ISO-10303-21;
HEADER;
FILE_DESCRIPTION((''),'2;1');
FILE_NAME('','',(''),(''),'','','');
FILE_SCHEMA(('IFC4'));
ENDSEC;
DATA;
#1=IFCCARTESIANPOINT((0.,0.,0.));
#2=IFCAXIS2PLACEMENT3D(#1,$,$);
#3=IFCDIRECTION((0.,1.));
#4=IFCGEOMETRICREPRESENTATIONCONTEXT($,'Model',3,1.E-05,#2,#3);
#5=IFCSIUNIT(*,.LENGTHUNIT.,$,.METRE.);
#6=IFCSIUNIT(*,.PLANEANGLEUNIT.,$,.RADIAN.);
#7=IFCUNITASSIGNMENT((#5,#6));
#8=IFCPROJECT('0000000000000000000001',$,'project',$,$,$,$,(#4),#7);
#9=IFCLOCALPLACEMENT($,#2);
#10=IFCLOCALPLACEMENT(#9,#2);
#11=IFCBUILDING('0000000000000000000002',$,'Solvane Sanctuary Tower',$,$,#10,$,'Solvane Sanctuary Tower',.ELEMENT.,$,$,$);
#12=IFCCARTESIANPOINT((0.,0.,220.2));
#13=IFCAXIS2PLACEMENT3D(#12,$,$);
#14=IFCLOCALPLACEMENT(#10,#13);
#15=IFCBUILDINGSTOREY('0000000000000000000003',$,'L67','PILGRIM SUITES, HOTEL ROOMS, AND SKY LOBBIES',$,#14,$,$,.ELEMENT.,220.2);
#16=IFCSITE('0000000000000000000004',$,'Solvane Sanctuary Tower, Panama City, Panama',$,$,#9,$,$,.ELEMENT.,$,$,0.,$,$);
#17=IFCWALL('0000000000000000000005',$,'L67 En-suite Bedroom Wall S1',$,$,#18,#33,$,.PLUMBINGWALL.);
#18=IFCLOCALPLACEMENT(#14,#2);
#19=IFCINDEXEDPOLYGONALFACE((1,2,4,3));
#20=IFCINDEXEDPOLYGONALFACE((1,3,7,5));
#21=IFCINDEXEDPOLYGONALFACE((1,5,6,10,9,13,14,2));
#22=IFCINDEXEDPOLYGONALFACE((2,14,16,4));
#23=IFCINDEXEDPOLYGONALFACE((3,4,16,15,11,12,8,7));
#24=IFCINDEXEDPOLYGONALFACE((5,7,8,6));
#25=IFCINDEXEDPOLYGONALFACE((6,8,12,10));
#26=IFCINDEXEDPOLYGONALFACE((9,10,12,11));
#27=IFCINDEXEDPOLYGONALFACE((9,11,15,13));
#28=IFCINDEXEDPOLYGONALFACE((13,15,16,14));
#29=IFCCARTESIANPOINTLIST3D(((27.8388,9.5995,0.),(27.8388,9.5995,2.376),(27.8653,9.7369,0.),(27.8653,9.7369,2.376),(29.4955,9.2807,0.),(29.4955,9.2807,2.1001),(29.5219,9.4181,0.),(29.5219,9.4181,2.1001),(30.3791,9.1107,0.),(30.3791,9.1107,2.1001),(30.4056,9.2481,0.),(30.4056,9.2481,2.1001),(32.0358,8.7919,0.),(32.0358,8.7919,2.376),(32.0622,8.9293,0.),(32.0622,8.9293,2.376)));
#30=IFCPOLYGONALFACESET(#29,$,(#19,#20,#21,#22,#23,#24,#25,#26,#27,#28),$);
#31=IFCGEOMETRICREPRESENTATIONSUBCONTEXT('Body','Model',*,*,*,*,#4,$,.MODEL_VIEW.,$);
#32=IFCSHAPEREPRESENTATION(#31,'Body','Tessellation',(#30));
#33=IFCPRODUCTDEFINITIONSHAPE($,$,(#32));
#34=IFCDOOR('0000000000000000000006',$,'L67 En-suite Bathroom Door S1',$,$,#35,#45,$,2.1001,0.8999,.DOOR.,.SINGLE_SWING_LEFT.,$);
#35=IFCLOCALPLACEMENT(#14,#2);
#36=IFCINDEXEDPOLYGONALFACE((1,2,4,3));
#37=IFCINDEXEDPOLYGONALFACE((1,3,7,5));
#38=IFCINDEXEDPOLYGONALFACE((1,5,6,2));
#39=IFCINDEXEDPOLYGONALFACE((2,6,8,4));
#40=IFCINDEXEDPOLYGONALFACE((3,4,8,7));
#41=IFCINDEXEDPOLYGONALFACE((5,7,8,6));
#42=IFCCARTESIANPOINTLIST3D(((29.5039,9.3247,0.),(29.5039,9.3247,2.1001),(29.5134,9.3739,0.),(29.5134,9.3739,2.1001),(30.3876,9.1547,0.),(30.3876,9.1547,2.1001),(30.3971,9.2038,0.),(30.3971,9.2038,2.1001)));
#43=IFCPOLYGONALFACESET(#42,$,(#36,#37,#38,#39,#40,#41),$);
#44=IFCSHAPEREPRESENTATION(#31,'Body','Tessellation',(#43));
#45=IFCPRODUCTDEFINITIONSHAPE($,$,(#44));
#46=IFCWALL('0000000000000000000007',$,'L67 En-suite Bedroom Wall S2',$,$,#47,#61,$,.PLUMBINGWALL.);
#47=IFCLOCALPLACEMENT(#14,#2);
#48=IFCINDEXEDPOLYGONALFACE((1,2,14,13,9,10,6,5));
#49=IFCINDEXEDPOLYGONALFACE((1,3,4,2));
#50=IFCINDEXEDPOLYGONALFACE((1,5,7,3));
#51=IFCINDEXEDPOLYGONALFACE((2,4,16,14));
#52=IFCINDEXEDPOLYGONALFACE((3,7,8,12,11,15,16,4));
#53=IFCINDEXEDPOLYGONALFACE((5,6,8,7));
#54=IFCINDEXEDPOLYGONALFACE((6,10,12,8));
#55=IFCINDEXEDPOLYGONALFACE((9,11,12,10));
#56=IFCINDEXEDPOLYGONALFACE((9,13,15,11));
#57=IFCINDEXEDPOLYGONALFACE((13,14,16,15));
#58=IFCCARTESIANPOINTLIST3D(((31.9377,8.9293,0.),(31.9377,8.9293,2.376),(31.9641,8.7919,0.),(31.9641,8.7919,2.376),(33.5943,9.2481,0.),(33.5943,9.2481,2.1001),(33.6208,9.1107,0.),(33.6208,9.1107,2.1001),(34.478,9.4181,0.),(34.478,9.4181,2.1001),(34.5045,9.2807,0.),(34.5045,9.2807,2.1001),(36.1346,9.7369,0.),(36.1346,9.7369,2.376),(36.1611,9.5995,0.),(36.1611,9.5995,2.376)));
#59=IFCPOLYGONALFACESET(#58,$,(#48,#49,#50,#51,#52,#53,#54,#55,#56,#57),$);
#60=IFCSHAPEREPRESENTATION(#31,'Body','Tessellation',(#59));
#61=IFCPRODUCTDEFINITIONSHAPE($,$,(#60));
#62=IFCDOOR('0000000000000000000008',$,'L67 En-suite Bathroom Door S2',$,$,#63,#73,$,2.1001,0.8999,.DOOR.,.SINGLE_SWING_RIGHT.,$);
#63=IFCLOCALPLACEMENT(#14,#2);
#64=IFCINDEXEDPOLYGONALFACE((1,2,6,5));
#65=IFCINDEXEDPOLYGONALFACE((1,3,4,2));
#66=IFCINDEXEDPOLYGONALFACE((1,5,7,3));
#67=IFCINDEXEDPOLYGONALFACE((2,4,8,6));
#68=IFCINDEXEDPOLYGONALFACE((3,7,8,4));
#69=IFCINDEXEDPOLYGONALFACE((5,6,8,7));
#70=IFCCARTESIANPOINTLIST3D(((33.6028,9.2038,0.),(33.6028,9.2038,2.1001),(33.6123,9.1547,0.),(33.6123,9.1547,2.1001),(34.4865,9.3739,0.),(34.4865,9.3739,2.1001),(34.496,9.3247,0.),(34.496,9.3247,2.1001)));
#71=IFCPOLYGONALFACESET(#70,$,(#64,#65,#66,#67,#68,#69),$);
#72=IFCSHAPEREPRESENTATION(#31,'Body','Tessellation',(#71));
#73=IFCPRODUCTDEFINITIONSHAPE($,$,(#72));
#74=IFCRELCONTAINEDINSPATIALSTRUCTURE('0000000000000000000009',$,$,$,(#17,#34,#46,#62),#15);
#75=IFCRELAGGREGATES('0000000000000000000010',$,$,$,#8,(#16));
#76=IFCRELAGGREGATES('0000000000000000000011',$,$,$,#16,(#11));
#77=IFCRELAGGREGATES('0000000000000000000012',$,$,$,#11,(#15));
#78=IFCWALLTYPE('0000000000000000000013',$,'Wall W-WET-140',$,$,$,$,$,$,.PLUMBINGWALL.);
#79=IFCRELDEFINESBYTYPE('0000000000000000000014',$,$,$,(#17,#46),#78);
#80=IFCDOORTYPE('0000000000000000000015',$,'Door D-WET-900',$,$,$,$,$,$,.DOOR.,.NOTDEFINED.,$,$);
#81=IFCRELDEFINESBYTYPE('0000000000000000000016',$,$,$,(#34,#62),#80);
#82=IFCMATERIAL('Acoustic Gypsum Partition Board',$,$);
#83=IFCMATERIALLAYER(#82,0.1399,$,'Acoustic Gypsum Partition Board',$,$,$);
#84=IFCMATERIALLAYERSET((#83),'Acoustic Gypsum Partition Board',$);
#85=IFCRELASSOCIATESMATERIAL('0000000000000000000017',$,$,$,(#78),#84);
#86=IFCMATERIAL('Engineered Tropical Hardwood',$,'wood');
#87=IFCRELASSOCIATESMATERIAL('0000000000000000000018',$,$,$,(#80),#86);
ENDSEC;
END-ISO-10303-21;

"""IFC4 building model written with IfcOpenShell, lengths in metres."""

from ifc_helpers import new_model, si_unit, direction, frame, frame_2d, origin, place, context, subcontext, project, spatial, rectangle, extrude, material, layer, layer_set, type_object, element, fill, save


model = new_model("IFC4")

# Units and contexts
model_context = context("Model", 3, precision=1e-05, world=origin(), true_north=direction((0.0, 1.0)))
body_context = subcontext(model_context, "Body", "Model", "MODEL_VIEW")
ifc_project = project(units=[si_unit("LENGTHUNIT", "METRE"), si_unit("PLANEANGLEUNIT", "RADIAN")], contexts=[model_context])

# Site, building, storey
site_placement = place(None, origin())
site = spatial("IfcSite", under=ifc_project, at=site_placement, Name="Solvane Sanctuary Tower, Panama City, Panama", CompositionType="ELEMENT", RefElevation=0.0)
building_placement = place(site_placement, origin())
building = spatial("IfcBuilding", under=site, at=building_placement, Name="Solvane Sanctuary Tower", LongName="Solvane Sanctuary Tower", CompositionType="ELEMENT")
storey_placement = place(building_placement, frame((0.0, 0.0, 220.2)))
storey = spatial("IfcBuildingStorey", under=building, at=storey_placement, Name="L67", Description="PILGRIM SUITES, HOTEL ROOMS, AND SKY LOBBIES", CompositionType="ELEMENT", Elevation=220.2)

# Shared definitions
ifc_material_1 = material(Name="Acoustic Gypsum Partition Board")

# Shared definitions
ifc_material_2 = material(Name="Engineered Tropical Hardwood", Category="wood")

# Shared definitions
ifc_layer_1 = layer(ifc_material_1, 0.1399, Name="Acoustic Gypsum Partition Board")
ifc_layer_set_1 = layer_set([ifc_layer_1], Name="Acoustic Gypsum Partition Board")
wall_type_1 = type_object("IfcWallType", Name="Wall W-WET-140", PredefinedType="PLUMBINGWALL", material=ifc_layer_set_1)

# Walls, openings, doors
wall_1_placement = place(storey_placement, frame((27.8521, 9.6682, 0.0), z_axis=(0.0, 0.0, 1.0), x_axis=(0.981985, -0.18896, 0.0)))
wall_1 = element("IfcWall", 1, at=wall_1_placement, inside=storey, type_object=wall_type_1, Name="L67 En-suite Bedroom Wall S1", PredefinedType="PLUMBINGWALL", context=body_context, shape_type="SweptSolid", body=[
    extrude(rectangle(XDim=4.2739, YDim=0.1399, at=frame_2d((2.137, 0.0))), origin(), (0.0, 0.0, 1.0), 2.376),
])
opening_1_placement = place(wall_1_placement, frame((1.687, 0.0, 0.0)))
opening_1 = element("IfcOpeningElement", 2, at=opening_1_placement, cuts=wall_1, PredefinedType="OPENING", context=body_context, shape_type="SweptSolid", body=[
    extrude(rectangle(XDim=0.8999, YDim=2.1001, at=frame_2d((0.45, 1.05))), frame((0.0, 0.0798, 0.0), z_axis=(0.0, -1.0, 0.0), x_axis=(1.0, 0.0, 0.0)), (0.0, 0.0, 1.0), 0.1599),
])
door_type_1 = type_object("IfcDoorType", Name="Door D-WET-900", OperationType="NOTDEFINED", PredefinedType="DOOR", material=ifc_material_2)
door_1_placement = place(opening_1_placement, origin())
door_1 = element("IfcDoor", 3, at=door_1_placement, inside=storey, type_object=door_type_1, Name="L67 En-suite Bathroom Door S1", OperationType="SINGLE_SWING_LEFT", OverallHeight=2.1001, OverallWidth=0.8999, PredefinedType="DOOR", context=body_context, shape_type="SweptSolid", body=[
    extrude(rectangle(XDim=0.8999, YDim=2.1001, at=frame_2d((0.45, 1.05))), frame((0.0, 0.0249, 0.0), z_axis=(0.0, -1.0, 0.0), x_axis=(1.0, 0.0, 0.0)), (0.0, 0.0, 1.0), 0.05),
])
fill(opening_1, door_1)
wall_2_placement = place(storey_placement, frame((31.9509, 8.8606, 0.0), z_axis=(0.0, 0.0, 1.0), x_axis=(0.981985, 0.18896, 0.0)))
wall_2 = element("IfcWall", 4, at=wall_2_placement, inside=storey, type_object=wall_type_1, Name="L67 En-suite Bedroom Wall S2", PredefinedType="PLUMBINGWALL", context=body_context, shape_type="SweptSolid", body=[
    extrude(rectangle(XDim=4.2739, YDim=0.1399, at=frame_2d((2.137, 0.0))), origin(), (0.0, 0.0, 1.0), 2.376),
])
opening_2_placement = place(wall_2_placement, frame((1.687, 0.0, 0.0)))
opening_2 = element("IfcOpeningElement", 5, at=opening_2_placement, cuts=wall_2, PredefinedType="OPENING", context=body_context, shape_type="SweptSolid", body=[
    extrude(rectangle(XDim=0.8999, YDim=2.1001, at=frame_2d((0.45, 1.05))), frame((0.0, 0.0798, 0.0), z_axis=(0.0, -1.0, 0.0), x_axis=(1.0, 0.0, 0.0)), (0.0, 0.0, 1.0), 0.1599),
])
door_2_placement = place(opening_2_placement, origin())
door_2 = element("IfcDoor", 6, at=door_2_placement, inside=storey, type_object=door_type_1, Name="L67 En-suite Bathroom Door S2", OperationType="SINGLE_SWING_RIGHT", OverallHeight=2.1001, OverallWidth=0.8999, PredefinedType="DOOR", context=body_context, shape_type="SweptSolid", body=[
    extrude(rectangle(XDim=0.8999, YDim=2.1001, at=frame_2d((0.45, 1.05))), frame((0.0, 0.0249, 0.0), z_axis=(0.0, -1.0, 0.0), x_axis=(1.0, 0.0, 0.0)), (0.0, 0.0, 1.0), 0.05),
])
fill(opening_2, door_2)

save(model, "model.ifc")
